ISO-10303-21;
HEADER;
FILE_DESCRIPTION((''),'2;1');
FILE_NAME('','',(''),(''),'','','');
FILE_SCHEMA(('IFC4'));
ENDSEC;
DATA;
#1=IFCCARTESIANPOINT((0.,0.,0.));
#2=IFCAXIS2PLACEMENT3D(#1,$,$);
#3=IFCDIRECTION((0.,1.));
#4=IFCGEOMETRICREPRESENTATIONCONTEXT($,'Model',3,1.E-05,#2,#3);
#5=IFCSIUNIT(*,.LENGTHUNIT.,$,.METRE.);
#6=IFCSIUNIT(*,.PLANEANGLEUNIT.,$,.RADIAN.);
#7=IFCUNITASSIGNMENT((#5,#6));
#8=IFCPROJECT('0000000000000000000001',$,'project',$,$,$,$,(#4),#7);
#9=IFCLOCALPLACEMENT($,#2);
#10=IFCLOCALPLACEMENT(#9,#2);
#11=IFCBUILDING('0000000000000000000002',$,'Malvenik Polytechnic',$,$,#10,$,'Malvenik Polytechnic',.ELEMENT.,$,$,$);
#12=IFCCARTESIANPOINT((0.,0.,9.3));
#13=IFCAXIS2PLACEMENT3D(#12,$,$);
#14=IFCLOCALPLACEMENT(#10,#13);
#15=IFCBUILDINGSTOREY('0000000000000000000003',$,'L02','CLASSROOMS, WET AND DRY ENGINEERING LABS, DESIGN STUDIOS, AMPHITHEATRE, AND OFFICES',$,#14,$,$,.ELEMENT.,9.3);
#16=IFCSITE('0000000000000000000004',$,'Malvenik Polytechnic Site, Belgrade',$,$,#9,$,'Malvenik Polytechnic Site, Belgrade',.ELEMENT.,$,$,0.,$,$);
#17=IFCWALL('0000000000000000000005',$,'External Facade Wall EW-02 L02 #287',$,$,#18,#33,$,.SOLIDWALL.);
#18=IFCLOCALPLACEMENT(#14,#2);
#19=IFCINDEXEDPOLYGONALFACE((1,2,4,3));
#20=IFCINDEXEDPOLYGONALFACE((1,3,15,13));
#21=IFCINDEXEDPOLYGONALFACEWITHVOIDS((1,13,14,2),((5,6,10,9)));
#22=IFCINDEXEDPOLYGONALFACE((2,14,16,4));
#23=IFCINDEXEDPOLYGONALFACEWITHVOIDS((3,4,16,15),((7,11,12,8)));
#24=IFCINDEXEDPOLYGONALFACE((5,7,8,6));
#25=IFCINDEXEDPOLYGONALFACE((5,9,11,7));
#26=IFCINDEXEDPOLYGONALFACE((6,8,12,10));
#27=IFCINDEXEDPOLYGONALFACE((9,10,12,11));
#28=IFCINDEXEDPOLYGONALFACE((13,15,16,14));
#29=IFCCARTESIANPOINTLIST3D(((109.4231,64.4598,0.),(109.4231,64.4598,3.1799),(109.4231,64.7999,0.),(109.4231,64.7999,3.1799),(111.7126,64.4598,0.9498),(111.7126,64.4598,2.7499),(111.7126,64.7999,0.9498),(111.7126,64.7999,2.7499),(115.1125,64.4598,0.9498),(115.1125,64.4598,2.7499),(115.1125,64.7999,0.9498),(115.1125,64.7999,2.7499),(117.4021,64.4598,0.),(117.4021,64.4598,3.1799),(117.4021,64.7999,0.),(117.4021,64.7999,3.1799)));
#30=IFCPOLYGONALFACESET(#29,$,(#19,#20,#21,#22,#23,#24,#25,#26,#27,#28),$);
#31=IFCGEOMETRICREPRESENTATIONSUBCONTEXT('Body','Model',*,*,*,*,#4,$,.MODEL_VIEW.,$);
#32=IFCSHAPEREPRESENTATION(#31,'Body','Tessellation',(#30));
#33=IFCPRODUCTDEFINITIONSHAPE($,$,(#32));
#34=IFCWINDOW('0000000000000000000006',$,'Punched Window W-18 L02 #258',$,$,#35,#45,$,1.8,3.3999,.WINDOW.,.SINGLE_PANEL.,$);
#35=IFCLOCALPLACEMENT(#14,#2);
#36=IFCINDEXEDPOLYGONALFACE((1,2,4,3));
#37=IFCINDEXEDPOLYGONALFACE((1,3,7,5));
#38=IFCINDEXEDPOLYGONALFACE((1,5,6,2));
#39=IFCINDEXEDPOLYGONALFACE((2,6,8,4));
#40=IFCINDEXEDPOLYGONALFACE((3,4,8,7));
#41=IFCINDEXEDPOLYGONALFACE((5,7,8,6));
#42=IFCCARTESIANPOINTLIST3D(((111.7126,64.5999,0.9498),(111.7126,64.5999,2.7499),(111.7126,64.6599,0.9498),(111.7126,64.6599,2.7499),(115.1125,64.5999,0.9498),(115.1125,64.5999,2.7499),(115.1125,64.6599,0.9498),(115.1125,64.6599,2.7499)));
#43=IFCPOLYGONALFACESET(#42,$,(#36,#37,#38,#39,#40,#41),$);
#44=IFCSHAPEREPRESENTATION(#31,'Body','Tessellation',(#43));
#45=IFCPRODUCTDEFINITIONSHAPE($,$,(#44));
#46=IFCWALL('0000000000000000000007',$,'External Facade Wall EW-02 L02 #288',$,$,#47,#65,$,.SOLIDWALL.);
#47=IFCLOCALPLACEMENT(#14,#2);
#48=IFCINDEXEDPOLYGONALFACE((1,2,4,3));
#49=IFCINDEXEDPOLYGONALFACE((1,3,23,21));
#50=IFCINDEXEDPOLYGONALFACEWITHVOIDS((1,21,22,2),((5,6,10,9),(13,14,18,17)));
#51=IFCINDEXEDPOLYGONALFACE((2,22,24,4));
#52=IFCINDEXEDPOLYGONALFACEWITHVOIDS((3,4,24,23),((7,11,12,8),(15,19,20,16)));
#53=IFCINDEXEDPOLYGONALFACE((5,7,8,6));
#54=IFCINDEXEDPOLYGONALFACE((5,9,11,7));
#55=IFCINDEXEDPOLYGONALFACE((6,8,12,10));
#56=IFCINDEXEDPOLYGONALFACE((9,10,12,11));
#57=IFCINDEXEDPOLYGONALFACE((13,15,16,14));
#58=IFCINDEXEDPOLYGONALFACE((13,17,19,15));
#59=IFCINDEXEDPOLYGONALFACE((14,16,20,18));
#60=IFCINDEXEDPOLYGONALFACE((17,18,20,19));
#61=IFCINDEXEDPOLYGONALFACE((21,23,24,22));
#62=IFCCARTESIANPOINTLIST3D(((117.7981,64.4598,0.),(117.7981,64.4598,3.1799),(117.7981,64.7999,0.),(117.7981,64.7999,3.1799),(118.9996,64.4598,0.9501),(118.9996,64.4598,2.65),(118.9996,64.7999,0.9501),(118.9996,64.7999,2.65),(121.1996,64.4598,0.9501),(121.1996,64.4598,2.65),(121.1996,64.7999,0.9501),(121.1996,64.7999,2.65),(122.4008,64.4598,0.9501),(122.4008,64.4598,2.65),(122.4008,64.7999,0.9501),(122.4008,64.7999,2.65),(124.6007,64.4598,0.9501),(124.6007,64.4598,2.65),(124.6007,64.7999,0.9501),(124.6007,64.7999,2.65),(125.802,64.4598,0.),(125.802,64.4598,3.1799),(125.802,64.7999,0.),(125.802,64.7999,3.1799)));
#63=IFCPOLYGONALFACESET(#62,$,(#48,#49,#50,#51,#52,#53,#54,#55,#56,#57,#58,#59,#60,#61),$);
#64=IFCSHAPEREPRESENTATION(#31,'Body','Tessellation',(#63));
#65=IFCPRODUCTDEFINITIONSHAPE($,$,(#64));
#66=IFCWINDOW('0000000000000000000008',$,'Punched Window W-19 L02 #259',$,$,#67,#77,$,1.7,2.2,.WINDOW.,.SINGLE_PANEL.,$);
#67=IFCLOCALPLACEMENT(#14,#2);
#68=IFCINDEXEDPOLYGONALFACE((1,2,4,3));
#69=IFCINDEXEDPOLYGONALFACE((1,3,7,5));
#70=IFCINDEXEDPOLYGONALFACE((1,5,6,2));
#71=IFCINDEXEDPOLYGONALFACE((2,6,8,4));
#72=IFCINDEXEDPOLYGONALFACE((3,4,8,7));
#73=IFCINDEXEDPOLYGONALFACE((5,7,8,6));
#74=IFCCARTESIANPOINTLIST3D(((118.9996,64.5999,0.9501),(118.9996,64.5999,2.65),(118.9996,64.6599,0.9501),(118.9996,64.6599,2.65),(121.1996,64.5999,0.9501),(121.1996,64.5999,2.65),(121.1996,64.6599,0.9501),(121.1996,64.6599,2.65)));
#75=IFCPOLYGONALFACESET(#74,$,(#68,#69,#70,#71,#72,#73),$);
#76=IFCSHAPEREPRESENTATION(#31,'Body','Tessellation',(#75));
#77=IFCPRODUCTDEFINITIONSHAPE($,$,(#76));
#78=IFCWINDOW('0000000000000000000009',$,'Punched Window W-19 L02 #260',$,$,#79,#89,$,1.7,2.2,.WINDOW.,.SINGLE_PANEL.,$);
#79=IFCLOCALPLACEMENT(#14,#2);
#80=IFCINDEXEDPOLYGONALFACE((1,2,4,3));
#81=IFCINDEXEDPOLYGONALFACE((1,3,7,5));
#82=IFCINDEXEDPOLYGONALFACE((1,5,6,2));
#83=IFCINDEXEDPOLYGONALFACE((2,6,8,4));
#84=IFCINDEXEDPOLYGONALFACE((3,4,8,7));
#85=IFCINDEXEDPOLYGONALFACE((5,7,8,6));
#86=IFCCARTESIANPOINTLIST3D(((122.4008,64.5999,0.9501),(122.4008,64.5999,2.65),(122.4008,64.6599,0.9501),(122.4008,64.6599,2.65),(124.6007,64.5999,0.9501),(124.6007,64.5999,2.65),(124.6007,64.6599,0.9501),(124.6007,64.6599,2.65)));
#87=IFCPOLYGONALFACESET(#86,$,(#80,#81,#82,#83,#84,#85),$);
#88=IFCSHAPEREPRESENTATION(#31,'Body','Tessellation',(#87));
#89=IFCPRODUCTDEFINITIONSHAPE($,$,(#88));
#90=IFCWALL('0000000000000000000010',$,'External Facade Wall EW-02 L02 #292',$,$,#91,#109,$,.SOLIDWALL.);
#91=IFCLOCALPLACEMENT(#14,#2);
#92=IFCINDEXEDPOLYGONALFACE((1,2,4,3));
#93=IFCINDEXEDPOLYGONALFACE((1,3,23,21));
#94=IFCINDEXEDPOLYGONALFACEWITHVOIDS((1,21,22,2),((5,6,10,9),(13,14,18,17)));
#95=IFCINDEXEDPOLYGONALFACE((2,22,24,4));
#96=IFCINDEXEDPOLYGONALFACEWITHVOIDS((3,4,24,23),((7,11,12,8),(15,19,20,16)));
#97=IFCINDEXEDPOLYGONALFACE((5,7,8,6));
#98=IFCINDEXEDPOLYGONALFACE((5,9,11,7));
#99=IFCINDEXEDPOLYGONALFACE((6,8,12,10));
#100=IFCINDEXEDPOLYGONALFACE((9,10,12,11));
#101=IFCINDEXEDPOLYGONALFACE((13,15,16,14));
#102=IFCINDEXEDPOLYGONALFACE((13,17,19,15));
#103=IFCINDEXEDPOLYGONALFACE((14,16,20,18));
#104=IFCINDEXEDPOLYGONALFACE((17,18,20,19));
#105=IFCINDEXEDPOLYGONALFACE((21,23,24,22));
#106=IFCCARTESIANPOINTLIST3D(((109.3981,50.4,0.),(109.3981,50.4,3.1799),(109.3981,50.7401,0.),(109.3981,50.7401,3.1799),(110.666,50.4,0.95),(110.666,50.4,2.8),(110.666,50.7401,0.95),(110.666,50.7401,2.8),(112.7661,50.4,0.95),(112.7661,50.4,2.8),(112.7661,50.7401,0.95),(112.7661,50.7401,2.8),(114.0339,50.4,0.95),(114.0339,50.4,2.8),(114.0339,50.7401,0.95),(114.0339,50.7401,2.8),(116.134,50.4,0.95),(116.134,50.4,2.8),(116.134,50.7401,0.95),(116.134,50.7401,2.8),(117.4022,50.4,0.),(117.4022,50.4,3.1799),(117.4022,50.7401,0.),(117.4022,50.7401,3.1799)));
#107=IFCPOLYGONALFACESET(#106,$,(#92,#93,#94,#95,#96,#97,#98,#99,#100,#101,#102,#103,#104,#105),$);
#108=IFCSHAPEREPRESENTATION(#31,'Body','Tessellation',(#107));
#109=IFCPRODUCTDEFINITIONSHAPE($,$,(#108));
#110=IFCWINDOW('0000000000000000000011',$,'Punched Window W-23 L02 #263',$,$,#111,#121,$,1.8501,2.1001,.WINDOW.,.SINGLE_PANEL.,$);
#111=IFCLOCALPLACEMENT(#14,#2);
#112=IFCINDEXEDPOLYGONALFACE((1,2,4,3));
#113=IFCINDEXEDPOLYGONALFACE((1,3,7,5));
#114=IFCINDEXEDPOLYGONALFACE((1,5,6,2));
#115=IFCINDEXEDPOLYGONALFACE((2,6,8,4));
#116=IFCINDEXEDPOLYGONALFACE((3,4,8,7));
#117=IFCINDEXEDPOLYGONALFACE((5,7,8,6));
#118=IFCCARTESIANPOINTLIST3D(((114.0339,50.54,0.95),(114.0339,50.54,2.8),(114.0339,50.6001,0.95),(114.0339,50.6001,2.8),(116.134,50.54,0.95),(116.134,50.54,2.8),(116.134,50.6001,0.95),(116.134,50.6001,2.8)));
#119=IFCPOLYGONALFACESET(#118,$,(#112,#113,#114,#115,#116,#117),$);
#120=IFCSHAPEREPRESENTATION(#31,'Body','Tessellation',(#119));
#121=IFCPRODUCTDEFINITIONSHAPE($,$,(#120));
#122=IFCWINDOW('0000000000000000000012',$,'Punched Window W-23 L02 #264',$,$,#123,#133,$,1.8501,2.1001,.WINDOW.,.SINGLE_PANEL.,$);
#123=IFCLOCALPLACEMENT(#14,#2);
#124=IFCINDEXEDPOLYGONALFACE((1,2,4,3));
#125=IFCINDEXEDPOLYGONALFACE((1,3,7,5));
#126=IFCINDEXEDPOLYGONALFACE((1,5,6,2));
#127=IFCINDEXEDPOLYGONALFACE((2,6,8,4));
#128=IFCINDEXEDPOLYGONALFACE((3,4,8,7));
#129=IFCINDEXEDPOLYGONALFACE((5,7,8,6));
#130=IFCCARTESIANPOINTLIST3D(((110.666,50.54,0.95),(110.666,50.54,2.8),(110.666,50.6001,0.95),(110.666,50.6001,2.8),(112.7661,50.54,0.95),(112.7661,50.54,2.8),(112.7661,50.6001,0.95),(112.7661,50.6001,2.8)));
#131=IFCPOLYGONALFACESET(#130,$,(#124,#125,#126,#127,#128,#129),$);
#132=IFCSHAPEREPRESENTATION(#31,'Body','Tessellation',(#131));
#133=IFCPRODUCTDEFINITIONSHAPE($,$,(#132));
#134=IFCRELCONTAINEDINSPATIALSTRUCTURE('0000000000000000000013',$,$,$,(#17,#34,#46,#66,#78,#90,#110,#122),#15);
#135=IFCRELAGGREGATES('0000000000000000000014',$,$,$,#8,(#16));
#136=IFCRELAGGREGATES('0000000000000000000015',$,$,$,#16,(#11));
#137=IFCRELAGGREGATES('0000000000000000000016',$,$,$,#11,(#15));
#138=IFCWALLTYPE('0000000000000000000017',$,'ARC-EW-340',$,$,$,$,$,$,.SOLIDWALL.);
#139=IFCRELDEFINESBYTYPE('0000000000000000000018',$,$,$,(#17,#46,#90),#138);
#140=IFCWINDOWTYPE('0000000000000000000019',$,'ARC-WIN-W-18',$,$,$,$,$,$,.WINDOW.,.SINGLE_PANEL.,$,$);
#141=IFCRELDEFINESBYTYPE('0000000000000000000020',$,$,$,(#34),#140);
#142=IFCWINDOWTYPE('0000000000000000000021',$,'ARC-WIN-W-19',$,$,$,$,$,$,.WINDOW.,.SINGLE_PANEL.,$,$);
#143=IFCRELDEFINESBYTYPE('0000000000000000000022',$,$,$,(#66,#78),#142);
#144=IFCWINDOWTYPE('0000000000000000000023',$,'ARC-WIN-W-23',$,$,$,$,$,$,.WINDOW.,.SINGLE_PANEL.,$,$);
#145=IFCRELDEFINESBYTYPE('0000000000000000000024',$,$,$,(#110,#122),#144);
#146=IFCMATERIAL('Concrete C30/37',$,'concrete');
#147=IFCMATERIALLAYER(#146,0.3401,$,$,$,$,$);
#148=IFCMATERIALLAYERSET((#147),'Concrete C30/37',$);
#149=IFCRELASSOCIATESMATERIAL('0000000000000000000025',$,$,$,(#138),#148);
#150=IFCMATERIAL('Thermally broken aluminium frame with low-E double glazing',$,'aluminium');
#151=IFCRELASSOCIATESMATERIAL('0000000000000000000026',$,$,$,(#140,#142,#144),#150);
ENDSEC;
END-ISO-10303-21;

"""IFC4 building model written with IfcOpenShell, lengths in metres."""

from ifc_helpers import new_model, si_unit, direction, frame, frame_2d, origin, place, context, subcontext, project, spatial, rectangle, extrude, material, layer, layer_set, type_object, element, fill, save


model = new_model("IFC4")

# Units and contexts
model_context = context("Model", 3, precision=1e-05, world=origin(), true_north=direction((0.0, 1.0)))
body_context = subcontext(model_context, "Body", "Model", "MODEL_VIEW")
ifc_project = project(units=[si_unit("LENGTHUNIT", "METRE"), si_unit("PLANEANGLEUNIT", "RADIAN")], contexts=[model_context])

# Site, building, storey
site_placement = place(None, origin())
site = spatial("IfcSite", under=ifc_project, at=site_placement, Name="Malvenik Polytechnic Site, Belgrade", LongName="Malvenik Polytechnic Site, Belgrade", CompositionType="ELEMENT", RefElevation=0.0)
building_placement = place(site_placement, origin())
building = spatial("IfcBuilding", under=site, at=building_placement, Name="Malvenik Polytechnic", LongName="Malvenik Polytechnic", CompositionType="ELEMENT")
storey_placement = place(building_placement, frame((0.0, 0.0, 9.3)))
storey = spatial("IfcBuildingStorey", under=building, at=storey_placement, Name="L02", Description="CLASSROOMS, WET AND DRY ENGINEERING LABS, DESIGN STUDIOS, AMPHITHEATRE, AND OFFICES", CompositionType="ELEMENT", Elevation=9.3)

# Shared definitions
ifc_material_1 = material(Name="Concrete C30/37", Category="concrete")

# Wall, opening, window
ifc_layer_1 = layer(ifc_material_1, 0.3401)
ifc_layer_set_1 = layer_set([ifc_layer_1], Name="Concrete C30/37")
wall_type_1 = type_object("IfcWallType", Name="ARC-EW-340", PredefinedType="SOLIDWALL", material=ifc_layer_set_1)
wall_1_placement = place(storey_placement, frame((109.4231, 64.6299, 0.0), z_axis=(0.0, 0.0, 1.0), x_axis=(1.0, 0.0, 0.0)))
wall_1 = element("IfcWall", 1, at=wall_1_placement, inside=storey, type_object=wall_type_1, Name="External Facade Wall EW-02 L02 #287", PredefinedType="SOLIDWALL", context=body_context, shape_type="SweptSolid", body=[
    extrude(rectangle(XDim=7.979, YDim=0.3401, at=frame_2d((3.9895, 0.0))), origin(), (0.0, 0.0, 1.0), 3.1799),
])
opening_1_placement = place(wall_1_placement, frame((2.2896, 0.0, 0.95)))
opening_1 = element("IfcOpeningElement", 2, at=opening_1_placement, cuts=wall_1, PredefinedType="OPENING", context=body_context, shape_type="SweptSolid", body=[
    extrude(rectangle(XDim=3.3999, YDim=1.8, at=frame_2d((1.7, 0.8999))), frame((0.0, 0.1802, 0.0), z_axis=(0.0, -1.0, 0.0), x_axis=(1.0, 0.0, 0.0)), (0.0, 0.0, 1.0), 0.3601),
])
ifc_material_2 = material(Name="Thermally broken aluminium frame with low-E double glazing", Category="aluminium")
window_type_1 = type_object("IfcWindowType", Name="ARC-WIN-W-18", PartitioningType="SINGLE_PANEL", PredefinedType="WINDOW", material=ifc_material_2)
window_1_placement = place(opening_1_placement, origin())
window_1 = element("IfcWindow", 3, at=window_1_placement, inside=storey, type_object=window_type_1, Name="Punched Window W-18 L02 #258", OverallHeight=1.8, OverallWidth=3.3999, PartitioningType="SINGLE_PANEL", PredefinedType="WINDOW", context=body_context, shape_type="SweptSolid", body=[
    extrude(rectangle(XDim=3.3999, YDim=1.8, at=frame_2d((1.7, 0.8999))), frame((0.0, 0.03, 0.0), z_axis=(0.0, -1.0, 0.0), x_axis=(1.0, 0.0, 0.0)), (0.0, 0.0, 1.0), 0.0601),
])
fill(opening_1, window_1)

# Walls, openings, windows
wall_2_placement = place(storey_placement, frame((117.7981, 64.6299, 0.0), z_axis=(0.0, 0.0, 1.0), x_axis=(1.0, 0.0, 0.0)))
wall_2 = element("IfcWall", 4, at=wall_2_placement, inside=storey, type_object=wall_type_1, Name="External Facade Wall EW-02 L02 #288", PredefinedType="SOLIDWALL", context=body_context, shape_type="SweptSolid", body=[
    extrude(rectangle(XDim=8.0039, YDim=0.3401, at=frame_2d((4.002, 0.0))), origin(), (0.0, 0.0, 1.0), 3.1799),
])
opening_2_placement = place(wall_2_placement, frame((1.2014, 0.0, 0.95)))
opening_2 = element("IfcOpeningElement", 5, at=opening_2_placement, cuts=wall_2, PredefinedType="OPENING", context=body_context, shape_type="SweptSolid", body=[
    extrude(rectangle(XDim=2.2, YDim=1.7, at=frame_2d((1.1001, 0.8501))), frame((0.0, 0.1802, 0.0), z_axis=(0.0, -1.0, 0.0), x_axis=(1.0, 0.0, 0.0)), (0.0, 0.0, 1.0), 0.3601),
])
opening_3_placement = place(wall_2_placement, frame((4.6025, 0.0, 0.95)))
opening_3 = element("IfcOpeningElement", 6, at=opening_3_placement, cuts=wall_2, PredefinedType="OPENING", context=body_context, shape_type="SweptSolid", body=[
    extrude(rectangle(XDim=2.2, YDim=1.7, at=frame_2d((1.1001, 0.8501))), frame((0.0, 0.1802, 0.0), z_axis=(0.0, -1.0, 0.0), x_axis=(1.0, 0.0, 0.0)), (0.0, 0.0, 1.0), 0.3601),
])
window_type_2 = type_object("IfcWindowType", Name="ARC-WIN-W-19", PartitioningType="SINGLE_PANEL", PredefinedType="WINDOW", material=ifc_material_2)
window_2_placement = place(opening_2_placement, origin())
window_2 = element("IfcWindow", 7, at=window_2_placement, inside=storey, type_object=window_type_2, Name="Punched Window W-19 L02 #259", OverallHeight=1.7, OverallWidth=2.2, PartitioningType="SINGLE_PANEL", PredefinedType="WINDOW", context=body_context, shape_type="SweptSolid", body=[
    extrude(rectangle(XDim=2.2, YDim=1.7, at=frame_2d((1.1001, 0.8501))), frame((0.0, 0.03, 0.0), z_axis=(0.0, -1.0, 0.0), x_axis=(1.0, 0.0, 0.0)), (0.0, 0.0, 1.0), 0.0601),
])
fill(opening_2, window_2)
window_3_placement = place(opening_3_placement, origin())
window_3 = element("IfcWindow", 8, at=window_3_placement, inside=storey, type_object=window_type_2, Name="Punched Window W-19 L02 #260", OverallHeight=1.7, OverallWidth=2.2, PartitioningType="SINGLE_PANEL", PredefinedType="WINDOW", context=body_context, shape_type="SweptSolid", body=[
    extrude(rectangle(XDim=2.2, YDim=1.7, at=frame_2d((1.1001, 0.8501))), frame((0.0, 0.03, 0.0), z_axis=(0.0, -1.0, 0.0), x_axis=(1.0, 0.0, 0.0)), (0.0, 0.0, 1.0), 0.0601),
])
fill(opening_3, window_3)
wall_3_placement = place(storey_placement, frame((117.4021, 50.5701, 0.0), z_axis=(0.0, 0.0, 1.0), x_axis=(-1.0, 0.0, 0.0)))
wall_3 = element("IfcWall", 9, at=wall_3_placement, inside=storey, type_object=wall_type_1, Name="External Facade Wall EW-02 L02 #292", PredefinedType="SOLIDWALL", context=body_context, shape_type="SweptSolid", body=[
    extrude(rectangle(XDim=8.0042, YDim=0.3401, at=frame_2d((4.002, 0.0))), origin(), (0.0, 0.0, 1.0), 3.1799),
])
opening_4_placement = place(wall_3_placement, frame((1.2681, 0.0, 0.95)))
opening_4 = element("IfcOpeningElement", 10, at=opening_4_placement, cuts=wall_3, PredefinedType="OPENING", context=body_context, shape_type="SweptSolid", body=[
    extrude(rectangle(XDim=2.1001, YDim=1.8501, at=frame_2d((1.05, 0.925))), frame((0.0, 0.1802, 0.0), z_axis=(0.0, -1.0, 0.0), x_axis=(1.0, 0.0, 0.0)), (0.0, 0.0, 1.0), 0.3601),
])
opening_5_placement = place(wall_3_placement, frame((4.636, 0.0, 0.95)))
opening_5 = element("IfcOpeningElement", 11, at=opening_5_placement, cuts=wall_3, PredefinedType="OPENING", context=body_context, shape_type="SweptSolid", body=[
    extrude(rectangle(XDim=2.1001, YDim=1.8501, at=frame_2d((1.05, 0.925))), frame((0.0, 0.1802, 0.0), z_axis=(0.0, -1.0, 0.0), x_axis=(1.0, 0.0, 0.0)), (0.0, 0.0, 1.0), 0.3601),
])
window_type_3 = type_object("IfcWindowType", Name="ARC-WIN-W-23", PartitioningType="SINGLE_PANEL", PredefinedType="WINDOW", material=ifc_material_2)
window_4_placement = place(opening_4_placement, origin())
window_4 = element("IfcWindow", 12, at=window_4_placement, inside=storey, type_object=window_type_3, Name="Punched Window W-23 L02 #263", OverallHeight=1.8501, OverallWidth=2.1001, PartitioningType="SINGLE_PANEL", PredefinedType="WINDOW", context=body_context, shape_type="SweptSolid", body=[
    extrude(rectangle(XDim=2.1001, YDim=1.8501, at=frame_2d((1.05, 0.925))), frame((0.0, 0.03, 0.0), z_axis=(0.0, -1.0, 0.0), x_axis=(1.0, 0.0, 0.0)), (0.0, 0.0, 1.0), 0.0601),
])
fill(opening_4, window_4)
window_5_placement = place(opening_5_placement, origin())
window_5 = element("IfcWindow", 13, at=window_5_placement, inside=storey, type_object=window_type_3, Name="Punched Window W-23 L02 #264", OverallHeight=1.8501, OverallWidth=2.1001, PartitioningType="SINGLE_PANEL", PredefinedType="WINDOW", context=body_context, shape_type="SweptSolid", body=[
    extrude(rectangle(XDim=2.1001, YDim=1.8501, at=frame_2d((1.05, 0.925))), frame((0.0, 0.03, 0.0), z_axis=(0.0, -1.0, 0.0), x_axis=(1.0, 0.0, 0.0)), (0.0, 0.0, 1.0), 0.0601),
])
fill(opening_5, window_5)

save(model, "model.ifc")
